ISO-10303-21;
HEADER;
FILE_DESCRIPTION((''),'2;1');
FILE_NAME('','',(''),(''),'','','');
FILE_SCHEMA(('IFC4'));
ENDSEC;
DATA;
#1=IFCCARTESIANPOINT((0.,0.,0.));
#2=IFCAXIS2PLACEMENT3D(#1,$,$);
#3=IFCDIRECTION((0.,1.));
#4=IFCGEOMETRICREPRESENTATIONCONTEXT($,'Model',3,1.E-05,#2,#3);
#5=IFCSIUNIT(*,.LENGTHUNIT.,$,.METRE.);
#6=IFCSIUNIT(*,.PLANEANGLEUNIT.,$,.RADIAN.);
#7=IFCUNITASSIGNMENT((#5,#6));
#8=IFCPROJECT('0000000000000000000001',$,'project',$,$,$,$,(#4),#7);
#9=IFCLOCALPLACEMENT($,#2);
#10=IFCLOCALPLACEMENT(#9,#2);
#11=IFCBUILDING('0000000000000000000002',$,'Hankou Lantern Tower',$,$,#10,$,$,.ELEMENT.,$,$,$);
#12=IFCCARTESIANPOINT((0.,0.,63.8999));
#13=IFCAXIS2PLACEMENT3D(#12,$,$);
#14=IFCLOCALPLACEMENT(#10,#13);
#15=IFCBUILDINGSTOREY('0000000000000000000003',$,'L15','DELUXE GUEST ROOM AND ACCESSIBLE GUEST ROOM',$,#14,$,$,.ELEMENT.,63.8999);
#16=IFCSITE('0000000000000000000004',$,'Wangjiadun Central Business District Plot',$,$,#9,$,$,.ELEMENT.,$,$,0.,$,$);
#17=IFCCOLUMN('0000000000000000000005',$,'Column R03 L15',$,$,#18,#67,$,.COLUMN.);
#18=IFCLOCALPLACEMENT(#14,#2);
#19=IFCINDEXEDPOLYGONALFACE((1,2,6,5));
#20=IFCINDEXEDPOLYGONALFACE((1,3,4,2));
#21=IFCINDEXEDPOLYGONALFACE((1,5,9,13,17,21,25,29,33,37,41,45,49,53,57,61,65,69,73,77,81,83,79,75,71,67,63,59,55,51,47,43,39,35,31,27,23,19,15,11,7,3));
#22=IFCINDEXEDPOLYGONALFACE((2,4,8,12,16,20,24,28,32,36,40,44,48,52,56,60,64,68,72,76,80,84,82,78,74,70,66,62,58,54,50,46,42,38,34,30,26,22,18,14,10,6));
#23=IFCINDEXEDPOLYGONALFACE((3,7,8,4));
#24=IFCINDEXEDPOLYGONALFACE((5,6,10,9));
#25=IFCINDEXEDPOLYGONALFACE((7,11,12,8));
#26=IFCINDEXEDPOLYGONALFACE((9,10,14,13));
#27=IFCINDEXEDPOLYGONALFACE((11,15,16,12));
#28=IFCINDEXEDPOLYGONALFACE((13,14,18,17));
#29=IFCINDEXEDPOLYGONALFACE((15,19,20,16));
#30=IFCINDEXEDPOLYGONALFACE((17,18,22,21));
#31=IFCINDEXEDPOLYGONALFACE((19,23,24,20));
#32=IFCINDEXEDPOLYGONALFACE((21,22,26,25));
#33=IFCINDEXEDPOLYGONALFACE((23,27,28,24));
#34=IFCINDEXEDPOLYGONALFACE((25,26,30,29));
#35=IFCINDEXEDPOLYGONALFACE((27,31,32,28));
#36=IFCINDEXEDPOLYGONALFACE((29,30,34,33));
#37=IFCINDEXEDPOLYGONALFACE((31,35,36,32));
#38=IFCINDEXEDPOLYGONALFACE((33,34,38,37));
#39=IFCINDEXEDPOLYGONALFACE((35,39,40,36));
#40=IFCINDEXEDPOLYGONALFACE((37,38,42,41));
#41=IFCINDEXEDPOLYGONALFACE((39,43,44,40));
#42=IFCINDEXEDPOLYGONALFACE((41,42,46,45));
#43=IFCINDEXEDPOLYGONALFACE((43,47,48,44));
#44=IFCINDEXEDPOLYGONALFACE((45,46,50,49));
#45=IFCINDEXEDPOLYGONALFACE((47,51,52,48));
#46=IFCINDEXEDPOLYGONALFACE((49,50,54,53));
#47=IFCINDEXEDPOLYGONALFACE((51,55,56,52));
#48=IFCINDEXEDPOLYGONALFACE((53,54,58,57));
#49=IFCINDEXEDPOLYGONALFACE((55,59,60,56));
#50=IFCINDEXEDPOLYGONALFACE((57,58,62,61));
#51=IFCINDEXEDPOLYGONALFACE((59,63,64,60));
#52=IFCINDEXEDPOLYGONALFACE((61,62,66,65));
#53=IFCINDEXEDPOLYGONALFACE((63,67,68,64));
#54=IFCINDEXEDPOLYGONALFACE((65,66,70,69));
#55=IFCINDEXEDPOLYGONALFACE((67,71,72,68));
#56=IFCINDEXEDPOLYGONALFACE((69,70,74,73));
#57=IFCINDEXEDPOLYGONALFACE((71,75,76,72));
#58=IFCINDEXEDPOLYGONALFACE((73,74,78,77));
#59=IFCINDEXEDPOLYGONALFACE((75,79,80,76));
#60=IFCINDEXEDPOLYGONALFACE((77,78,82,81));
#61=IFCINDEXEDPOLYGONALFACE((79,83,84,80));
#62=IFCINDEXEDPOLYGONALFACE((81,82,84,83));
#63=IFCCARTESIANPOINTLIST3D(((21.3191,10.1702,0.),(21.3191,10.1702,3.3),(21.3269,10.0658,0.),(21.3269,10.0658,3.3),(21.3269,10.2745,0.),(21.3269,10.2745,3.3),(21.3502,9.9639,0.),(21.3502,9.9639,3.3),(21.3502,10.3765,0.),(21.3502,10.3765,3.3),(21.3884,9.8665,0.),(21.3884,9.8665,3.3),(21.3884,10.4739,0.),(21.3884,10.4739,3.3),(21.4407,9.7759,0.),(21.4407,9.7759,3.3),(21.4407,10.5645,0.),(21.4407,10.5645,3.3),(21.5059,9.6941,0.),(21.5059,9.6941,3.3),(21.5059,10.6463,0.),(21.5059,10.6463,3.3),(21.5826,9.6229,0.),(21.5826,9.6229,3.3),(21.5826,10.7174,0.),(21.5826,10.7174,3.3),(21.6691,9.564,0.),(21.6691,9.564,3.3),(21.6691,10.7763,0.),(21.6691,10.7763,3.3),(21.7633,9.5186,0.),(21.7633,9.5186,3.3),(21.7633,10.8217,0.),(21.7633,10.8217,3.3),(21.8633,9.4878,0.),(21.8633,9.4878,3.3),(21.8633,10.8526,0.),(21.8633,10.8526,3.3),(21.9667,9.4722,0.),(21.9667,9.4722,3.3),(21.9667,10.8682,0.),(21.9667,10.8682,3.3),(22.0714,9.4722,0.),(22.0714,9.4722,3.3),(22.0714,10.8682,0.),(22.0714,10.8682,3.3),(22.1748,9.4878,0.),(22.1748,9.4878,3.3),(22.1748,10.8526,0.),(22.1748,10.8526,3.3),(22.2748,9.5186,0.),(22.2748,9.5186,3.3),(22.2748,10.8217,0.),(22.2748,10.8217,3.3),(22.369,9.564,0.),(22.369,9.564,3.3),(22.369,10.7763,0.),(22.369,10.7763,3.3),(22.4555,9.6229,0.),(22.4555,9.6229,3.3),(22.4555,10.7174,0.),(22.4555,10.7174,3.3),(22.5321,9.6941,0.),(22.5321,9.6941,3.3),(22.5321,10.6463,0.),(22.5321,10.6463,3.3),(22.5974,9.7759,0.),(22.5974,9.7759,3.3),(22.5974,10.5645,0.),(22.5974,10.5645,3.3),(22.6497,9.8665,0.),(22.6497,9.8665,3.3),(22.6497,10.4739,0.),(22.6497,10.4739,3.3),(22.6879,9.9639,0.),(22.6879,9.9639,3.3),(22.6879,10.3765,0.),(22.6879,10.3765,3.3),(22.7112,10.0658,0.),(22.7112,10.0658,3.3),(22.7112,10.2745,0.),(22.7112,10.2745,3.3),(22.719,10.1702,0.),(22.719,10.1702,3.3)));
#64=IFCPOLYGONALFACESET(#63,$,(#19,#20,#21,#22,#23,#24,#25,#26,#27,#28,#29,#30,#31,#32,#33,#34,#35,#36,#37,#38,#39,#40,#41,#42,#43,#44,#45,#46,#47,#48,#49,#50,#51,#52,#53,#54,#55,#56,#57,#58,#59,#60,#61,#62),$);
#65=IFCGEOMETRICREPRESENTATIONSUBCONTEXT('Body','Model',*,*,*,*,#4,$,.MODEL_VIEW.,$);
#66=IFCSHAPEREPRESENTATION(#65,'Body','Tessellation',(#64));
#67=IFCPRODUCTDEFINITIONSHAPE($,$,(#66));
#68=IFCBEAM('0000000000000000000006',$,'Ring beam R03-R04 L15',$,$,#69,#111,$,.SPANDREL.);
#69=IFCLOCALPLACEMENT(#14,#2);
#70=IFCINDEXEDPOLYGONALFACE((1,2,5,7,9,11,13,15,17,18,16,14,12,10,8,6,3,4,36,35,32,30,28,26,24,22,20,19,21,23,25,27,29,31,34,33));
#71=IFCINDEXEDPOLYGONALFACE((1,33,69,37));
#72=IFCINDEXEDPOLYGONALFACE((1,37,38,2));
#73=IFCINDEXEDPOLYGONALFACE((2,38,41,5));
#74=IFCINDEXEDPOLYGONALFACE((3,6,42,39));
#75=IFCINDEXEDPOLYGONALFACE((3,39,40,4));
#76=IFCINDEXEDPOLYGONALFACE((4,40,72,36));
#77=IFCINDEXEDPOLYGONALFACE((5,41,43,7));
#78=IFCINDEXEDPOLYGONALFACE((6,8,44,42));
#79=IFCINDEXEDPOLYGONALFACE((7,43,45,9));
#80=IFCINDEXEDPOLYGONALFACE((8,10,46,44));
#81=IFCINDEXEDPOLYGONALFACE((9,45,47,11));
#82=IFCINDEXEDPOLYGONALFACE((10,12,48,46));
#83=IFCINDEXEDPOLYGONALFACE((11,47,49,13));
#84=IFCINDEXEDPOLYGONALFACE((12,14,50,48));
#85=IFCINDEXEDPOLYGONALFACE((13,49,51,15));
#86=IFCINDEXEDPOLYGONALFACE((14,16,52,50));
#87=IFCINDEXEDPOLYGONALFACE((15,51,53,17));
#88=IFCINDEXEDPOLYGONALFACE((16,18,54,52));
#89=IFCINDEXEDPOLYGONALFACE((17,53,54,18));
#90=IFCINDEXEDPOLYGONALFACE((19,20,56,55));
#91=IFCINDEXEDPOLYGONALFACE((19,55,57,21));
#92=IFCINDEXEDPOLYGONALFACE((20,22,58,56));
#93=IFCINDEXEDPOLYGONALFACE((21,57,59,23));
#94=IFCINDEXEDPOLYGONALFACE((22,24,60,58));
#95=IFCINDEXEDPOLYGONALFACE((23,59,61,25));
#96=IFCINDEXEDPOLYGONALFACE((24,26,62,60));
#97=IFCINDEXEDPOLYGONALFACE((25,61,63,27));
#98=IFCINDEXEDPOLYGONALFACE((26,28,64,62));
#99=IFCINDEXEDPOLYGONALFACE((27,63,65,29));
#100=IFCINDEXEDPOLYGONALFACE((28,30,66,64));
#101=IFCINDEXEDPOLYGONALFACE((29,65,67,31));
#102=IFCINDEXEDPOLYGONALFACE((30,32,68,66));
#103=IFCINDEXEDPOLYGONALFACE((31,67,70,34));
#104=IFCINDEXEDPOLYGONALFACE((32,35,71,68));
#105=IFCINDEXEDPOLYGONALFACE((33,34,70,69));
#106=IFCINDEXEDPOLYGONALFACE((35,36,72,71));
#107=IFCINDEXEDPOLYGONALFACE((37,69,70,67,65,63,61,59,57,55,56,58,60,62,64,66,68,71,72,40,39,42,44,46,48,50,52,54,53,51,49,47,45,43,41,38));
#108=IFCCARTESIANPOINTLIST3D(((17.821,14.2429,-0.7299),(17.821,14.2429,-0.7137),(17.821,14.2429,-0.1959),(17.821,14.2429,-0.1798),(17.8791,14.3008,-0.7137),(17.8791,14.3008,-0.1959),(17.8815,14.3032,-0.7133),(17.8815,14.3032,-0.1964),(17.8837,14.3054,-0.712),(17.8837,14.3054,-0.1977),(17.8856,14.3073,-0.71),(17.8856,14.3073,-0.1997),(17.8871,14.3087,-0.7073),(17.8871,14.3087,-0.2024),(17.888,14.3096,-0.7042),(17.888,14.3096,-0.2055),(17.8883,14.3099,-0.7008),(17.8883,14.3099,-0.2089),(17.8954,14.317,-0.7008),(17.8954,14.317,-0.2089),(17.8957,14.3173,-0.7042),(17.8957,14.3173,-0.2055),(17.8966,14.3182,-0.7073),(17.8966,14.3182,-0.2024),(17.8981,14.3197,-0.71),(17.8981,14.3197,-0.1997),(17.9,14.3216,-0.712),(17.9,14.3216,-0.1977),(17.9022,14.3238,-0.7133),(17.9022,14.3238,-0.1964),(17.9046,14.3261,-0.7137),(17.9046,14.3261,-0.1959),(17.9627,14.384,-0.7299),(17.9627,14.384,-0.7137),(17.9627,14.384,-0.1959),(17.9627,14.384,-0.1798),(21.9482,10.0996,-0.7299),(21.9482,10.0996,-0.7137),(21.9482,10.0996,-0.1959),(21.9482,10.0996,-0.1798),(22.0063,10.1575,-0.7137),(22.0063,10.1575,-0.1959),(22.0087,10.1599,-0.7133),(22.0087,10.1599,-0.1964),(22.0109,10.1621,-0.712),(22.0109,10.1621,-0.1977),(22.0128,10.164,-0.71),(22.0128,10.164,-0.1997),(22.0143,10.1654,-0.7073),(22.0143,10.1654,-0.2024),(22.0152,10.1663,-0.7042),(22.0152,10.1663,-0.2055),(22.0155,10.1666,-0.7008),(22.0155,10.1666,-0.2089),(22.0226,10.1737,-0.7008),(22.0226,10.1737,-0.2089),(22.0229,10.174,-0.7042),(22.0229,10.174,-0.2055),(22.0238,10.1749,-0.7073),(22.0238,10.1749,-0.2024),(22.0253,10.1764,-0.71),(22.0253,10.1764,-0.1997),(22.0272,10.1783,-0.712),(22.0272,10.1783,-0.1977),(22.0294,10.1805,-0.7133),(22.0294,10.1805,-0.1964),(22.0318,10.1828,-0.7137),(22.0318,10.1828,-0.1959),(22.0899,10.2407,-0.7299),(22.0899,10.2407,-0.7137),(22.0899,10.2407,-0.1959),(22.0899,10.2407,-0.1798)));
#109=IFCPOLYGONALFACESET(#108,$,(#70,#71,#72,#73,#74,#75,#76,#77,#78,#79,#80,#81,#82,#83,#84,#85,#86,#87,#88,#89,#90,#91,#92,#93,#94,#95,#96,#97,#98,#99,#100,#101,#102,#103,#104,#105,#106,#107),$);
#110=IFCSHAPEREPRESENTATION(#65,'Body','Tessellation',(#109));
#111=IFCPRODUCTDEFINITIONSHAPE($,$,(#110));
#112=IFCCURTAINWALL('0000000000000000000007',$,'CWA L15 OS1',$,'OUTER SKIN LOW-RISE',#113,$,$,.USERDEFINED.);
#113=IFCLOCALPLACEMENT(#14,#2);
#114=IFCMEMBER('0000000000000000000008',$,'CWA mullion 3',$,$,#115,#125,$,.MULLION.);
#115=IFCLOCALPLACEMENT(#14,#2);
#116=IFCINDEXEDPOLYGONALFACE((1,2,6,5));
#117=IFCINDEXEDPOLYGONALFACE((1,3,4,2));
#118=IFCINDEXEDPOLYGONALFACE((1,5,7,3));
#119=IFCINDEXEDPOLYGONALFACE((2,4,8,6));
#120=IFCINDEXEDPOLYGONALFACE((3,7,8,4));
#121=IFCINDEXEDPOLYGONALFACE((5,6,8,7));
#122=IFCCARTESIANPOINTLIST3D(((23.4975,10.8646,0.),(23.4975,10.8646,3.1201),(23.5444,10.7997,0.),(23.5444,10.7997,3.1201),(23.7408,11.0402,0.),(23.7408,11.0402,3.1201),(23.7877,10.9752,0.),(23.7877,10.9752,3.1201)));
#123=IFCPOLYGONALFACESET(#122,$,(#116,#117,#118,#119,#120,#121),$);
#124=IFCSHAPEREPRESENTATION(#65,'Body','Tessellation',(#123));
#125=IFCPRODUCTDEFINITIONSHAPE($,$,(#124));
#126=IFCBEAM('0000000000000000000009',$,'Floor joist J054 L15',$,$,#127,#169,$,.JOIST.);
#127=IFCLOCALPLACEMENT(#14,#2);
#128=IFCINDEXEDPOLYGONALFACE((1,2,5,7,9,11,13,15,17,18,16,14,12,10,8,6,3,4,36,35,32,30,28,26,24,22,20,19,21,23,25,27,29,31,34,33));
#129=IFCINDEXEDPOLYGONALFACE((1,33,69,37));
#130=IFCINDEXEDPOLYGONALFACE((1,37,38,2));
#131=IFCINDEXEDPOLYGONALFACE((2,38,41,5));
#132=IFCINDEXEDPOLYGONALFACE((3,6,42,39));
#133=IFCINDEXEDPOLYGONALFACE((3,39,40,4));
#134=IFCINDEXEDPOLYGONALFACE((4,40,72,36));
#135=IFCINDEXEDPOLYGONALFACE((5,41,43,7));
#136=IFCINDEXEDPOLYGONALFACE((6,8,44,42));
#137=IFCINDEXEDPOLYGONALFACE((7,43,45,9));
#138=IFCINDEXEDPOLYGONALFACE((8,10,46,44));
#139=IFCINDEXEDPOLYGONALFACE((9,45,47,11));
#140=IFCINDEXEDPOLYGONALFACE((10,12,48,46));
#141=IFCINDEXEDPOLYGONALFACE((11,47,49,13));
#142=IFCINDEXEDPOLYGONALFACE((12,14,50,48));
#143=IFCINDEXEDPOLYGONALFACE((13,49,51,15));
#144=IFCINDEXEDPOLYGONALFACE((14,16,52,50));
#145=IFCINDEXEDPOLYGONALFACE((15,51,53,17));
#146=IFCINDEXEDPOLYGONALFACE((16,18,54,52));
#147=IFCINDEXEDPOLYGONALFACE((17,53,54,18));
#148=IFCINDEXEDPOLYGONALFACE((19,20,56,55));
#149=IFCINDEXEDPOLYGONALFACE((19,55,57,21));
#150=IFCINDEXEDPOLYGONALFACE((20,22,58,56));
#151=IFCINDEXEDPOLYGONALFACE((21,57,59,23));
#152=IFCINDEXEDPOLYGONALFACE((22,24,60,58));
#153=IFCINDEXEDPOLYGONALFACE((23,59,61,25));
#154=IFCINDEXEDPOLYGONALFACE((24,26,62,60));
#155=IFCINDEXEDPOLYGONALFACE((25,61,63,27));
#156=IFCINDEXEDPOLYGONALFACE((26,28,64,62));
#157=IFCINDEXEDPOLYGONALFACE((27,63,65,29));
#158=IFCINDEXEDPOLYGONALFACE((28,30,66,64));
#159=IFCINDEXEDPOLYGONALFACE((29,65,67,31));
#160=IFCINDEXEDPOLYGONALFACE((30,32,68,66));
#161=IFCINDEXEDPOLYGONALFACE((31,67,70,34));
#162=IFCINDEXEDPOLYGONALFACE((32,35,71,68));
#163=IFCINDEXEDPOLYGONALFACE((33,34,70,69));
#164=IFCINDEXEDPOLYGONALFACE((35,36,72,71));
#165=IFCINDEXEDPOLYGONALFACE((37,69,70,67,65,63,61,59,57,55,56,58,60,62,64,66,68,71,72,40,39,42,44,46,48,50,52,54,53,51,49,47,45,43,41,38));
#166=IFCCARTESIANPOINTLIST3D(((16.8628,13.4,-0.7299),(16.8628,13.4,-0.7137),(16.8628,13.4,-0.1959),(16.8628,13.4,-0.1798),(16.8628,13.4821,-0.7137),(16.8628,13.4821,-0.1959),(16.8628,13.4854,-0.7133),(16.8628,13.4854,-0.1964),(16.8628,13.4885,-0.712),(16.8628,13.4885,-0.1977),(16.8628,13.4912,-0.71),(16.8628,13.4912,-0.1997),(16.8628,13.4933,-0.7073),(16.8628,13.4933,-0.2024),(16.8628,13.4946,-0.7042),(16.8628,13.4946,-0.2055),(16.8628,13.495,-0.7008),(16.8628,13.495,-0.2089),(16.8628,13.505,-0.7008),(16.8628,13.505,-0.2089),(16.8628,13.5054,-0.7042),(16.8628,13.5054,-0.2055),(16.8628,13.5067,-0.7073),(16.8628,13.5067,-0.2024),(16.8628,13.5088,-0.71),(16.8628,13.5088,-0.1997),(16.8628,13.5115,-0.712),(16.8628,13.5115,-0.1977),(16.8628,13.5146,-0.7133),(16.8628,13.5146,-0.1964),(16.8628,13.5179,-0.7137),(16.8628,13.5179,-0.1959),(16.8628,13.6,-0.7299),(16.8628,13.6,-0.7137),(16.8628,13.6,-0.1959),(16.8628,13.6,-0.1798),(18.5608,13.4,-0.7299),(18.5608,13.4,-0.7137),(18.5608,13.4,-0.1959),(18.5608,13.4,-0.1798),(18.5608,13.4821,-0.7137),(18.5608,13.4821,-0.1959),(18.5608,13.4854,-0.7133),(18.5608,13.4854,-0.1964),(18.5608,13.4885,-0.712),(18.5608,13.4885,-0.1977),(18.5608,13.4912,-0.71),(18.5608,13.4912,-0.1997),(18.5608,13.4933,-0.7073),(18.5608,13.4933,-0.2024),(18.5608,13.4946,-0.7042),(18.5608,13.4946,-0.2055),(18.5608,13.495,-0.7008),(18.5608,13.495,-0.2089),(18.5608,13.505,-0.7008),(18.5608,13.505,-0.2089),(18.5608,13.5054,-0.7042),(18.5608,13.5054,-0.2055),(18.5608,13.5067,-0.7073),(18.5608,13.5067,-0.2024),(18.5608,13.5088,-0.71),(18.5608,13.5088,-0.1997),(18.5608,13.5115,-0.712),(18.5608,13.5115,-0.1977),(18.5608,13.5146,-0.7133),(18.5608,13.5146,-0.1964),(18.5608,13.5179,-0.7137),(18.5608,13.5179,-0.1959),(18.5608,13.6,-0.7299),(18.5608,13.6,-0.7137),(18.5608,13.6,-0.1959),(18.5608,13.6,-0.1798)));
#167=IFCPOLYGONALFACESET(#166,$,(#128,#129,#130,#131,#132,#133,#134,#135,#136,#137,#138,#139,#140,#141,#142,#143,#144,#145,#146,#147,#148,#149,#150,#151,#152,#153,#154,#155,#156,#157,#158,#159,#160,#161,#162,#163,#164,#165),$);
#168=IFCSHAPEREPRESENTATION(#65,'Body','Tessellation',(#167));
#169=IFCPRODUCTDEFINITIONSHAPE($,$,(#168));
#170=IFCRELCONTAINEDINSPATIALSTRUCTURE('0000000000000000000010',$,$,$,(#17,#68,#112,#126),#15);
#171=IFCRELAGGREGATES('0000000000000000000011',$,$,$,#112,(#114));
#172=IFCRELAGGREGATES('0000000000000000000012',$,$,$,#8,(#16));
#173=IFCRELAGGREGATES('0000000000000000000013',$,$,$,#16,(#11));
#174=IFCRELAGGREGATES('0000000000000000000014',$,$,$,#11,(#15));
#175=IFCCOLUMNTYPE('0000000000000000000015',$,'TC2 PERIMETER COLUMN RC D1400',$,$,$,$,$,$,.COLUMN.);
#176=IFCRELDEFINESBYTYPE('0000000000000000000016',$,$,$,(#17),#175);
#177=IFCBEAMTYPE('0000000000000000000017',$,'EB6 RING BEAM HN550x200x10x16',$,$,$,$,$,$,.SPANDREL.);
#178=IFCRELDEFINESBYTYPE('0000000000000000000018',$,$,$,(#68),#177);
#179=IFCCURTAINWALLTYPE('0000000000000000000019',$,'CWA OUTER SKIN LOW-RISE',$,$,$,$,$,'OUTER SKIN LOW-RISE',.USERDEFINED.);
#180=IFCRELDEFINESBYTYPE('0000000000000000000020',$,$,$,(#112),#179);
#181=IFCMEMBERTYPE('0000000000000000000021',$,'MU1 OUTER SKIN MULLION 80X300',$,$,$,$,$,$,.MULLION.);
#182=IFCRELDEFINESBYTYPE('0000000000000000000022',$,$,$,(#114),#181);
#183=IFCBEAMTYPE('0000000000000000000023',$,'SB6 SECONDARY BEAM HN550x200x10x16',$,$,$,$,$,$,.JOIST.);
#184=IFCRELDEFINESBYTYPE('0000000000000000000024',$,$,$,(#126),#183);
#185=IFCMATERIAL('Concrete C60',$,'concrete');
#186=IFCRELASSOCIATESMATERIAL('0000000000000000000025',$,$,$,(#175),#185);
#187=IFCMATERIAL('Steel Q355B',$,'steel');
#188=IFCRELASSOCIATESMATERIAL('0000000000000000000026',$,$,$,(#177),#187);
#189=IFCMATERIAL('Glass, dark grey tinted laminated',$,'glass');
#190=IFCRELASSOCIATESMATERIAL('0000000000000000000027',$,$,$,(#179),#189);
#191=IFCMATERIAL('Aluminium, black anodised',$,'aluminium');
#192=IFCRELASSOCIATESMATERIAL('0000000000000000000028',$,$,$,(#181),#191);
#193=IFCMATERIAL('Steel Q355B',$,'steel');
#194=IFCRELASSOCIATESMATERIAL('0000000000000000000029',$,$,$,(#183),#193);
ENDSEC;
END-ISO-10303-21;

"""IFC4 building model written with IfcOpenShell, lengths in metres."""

from ifc_helpers import new_model, si_unit, direction, frame, origin, origin_2d, place, context, subcontext, project, spatial, rectangle, circle, i_section, extrude, material, material_profile, profile_set, type_object, element, aggregate, save


model = new_model("IFC4")

# Units and contexts
model_context = context("Model", 3, precision=1e-05, world=origin(), true_north=direction((0.0, 1.0)))
body_context = subcontext(model_context, "Body", "Model", "MODEL_VIEW")
ifc_project = project(units=[si_unit("LENGTHUNIT", "METRE"), si_unit("PLANEANGLEUNIT", "RADIAN")], contexts=[model_context])

# Site, building, storey
site_placement = place(None, origin())
site = spatial("IfcSite", under=ifc_project, at=site_placement, Name="Wangjiadun Central Business District Plot", CompositionType="ELEMENT", RefElevation=0.0)
building_placement = place(site_placement, origin())
building = spatial("IfcBuilding", under=site, at=building_placement, Name="Hankou Lantern Tower", CompositionType="ELEMENT")
storey_placement = place(building_placement, frame((0.0, 0.0, 63.8999)))
storey = spatial("IfcBuildingStorey", under=building, at=storey_placement, Name="L15", Description="DELUXE GUEST ROOM AND ACCESSIBLE GUEST ROOM", CompositionType="ELEMENT", Elevation=63.8999)

# Column
ifc_material_1 = material(Name="Concrete C60", Category="concrete")
ifc_material_profile_1 = material_profile(ifc_material_1, circle(Radius=0.7, at=origin_2d()), Name="RC D1400")
ifc_profile_set_1 = profile_set([ifc_material_profile_1], Name="Concrete C60")
column_type = type_object("IfcColumnType", Name="TC2 PERIMETER COLUMN RC D1400", PredefinedType="COLUMN", material=ifc_profile_set_1)
column_placement = place(storey_placement, frame((22.019, 10.1702, 0.0), z_axis=(0.0, 0.0, 1.0), x_axis=(1.0, 0.0, 0.0)))
element("IfcColumn", 1, at=column_placement, inside=storey, type_object=column_type, Name="Column R03 L15", PredefinedType="COLUMN", context=body_context, shape_type="SweptSolid", body=[
    extrude(circle(Radius=0.7, at=origin_2d()), origin(), (0.0, 0.0, 1.0), 3.3),
])

# Beam
ifc_material_2 = material(Name="Steel Q355B", Category="steel")
ifc_material_profile_2 = material_profile(ifc_material_2, i_section(OverallWidth=0.2, OverallDepth=0.55, WebThickness=0.01, FlangeThickness=0.0161, FilletRadius=0.0129, at=origin_2d()), Name="HN550x200x10x16")
ifc_profile_set_2 = profile_set([ifc_material_profile_2], Name="Steel Q355B")
beam_type_1 = type_object("IfcBeamType", Name="EB6 RING BEAM HN550x200x10x16", PredefinedType="SPANDREL", material=ifc_profile_set_2)
beam_1_placement = place(storey_placement, frame((22.019, 10.1702, -0.4548), z_axis=(-0.705728, 0.708483, 0.0), x_axis=(-0.708483, -0.705728, 0.0)))
element("IfcBeam", 2, at=beam_1_placement, inside=storey, type_object=beam_type_1, Name="Ring beam R03-R04 L15", PredefinedType="SPANDREL", context=body_context, shape_type="SweptSolid", body=[
    extrude(i_section(OverallWidth=0.2, OverallDepth=0.55, WebThickness=0.01, FlangeThickness=0.0161, FilletRadius=0.0129, at=origin_2d()), origin(), (0.0, 0.0, 1.0), 5.8481),
])

# Curtain wall, member
ifc_material_3 = material(Name="Glass, dark grey tinted laminated", Category="glass")
curtain_wall_type = type_object("IfcCurtainWallType", Name="CWA OUTER SKIN LOW-RISE", ElementType="OUTER SKIN LOW-RISE", PredefinedType="USERDEFINED", material=ifc_material_3)
curtain_wall_placement = place(storey_placement, origin())
curtain_wall = element("IfcCurtainWall", 3, at=curtain_wall_placement, inside=storey, type_object=curtain_wall_type, Name="CWA L15 OS1", ObjectType="OUTER SKIN LOW-RISE", PredefinedType="USERDEFINED")
ifc_material_4 = material(Name="Aluminium, black anodised", Category="aluminium")
ifc_material_profile_3 = material_profile(ifc_material_4, rectangle(XDim=0.0801, YDim=0.3, at=origin_2d()), Name="MU1 80X300")
ifc_profile_set_3 = profile_set([ifc_material_profile_3], Name="Aluminium, black anodised")
member_type_1 = type_object("IfcMemberType", Name="MU1 OUTER SKIN MULLION 80X300", PredefinedType="MULLION", material=ifc_profile_set_3)
member_1_placement = place(storey_placement, frame((23.6426, 10.9199, 0.0), z_axis=(0.0, 0.0, 1.0), x_axis=(-0.585206, 0.810885, 0.0)))
member_1 = element("IfcMember", 4, at=member_1_placement, type_object=member_type_1, Name="CWA mullion 3", PredefinedType="MULLION", context=body_context, shape_type="SweptSolid", body=[
    extrude(rectangle(XDim=0.0801, YDim=0.3, at=origin_2d()), origin(), (0.0, 0.0, 1.0), 3.1201),
])

# Beam
ifc_material_5 = material(Name="Steel Q355B", Category="steel")
ifc_material_profile_4 = material_profile(ifc_material_5, i_section(OverallWidth=0.2, OverallDepth=0.55, WebThickness=0.01, FlangeThickness=0.0161, FilletRadius=0.0129, at=origin_2d()), Name="HN550x200x10x16")
ifc_profile_set_4 = profile_set([ifc_material_profile_4], Name="Steel Q355B")
beam_type_2 = type_object("IfcBeamType", Name="SB6 SECONDARY BEAM HN550x200x10x16", PredefinedType="JOIST", material=ifc_profile_set_4)
beam_2_placement = place(storey_placement, frame((16.8628, 13.5, -0.4548), z_axis=(1.0, 0.0, 0.0), x_axis=(0.0, 1.0, 0.0)))
element("IfcBeam", 5, at=beam_2_placement, inside=storey, type_object=beam_type_2, Name="Floor joist J054 L15", PredefinedType="JOIST", context=body_context, shape_type="SweptSolid", body=[
    extrude(i_section(OverallWidth=0.2, OverallDepth=0.55, WebThickness=0.01, FlangeThickness=0.0161, FilletRadius=0.0129, at=origin_2d()), origin(), (0.0, 0.0, 1.0), 1.698),
])

aggregate(curtain_wall, [member_1])

save(model, "model.ifc")
